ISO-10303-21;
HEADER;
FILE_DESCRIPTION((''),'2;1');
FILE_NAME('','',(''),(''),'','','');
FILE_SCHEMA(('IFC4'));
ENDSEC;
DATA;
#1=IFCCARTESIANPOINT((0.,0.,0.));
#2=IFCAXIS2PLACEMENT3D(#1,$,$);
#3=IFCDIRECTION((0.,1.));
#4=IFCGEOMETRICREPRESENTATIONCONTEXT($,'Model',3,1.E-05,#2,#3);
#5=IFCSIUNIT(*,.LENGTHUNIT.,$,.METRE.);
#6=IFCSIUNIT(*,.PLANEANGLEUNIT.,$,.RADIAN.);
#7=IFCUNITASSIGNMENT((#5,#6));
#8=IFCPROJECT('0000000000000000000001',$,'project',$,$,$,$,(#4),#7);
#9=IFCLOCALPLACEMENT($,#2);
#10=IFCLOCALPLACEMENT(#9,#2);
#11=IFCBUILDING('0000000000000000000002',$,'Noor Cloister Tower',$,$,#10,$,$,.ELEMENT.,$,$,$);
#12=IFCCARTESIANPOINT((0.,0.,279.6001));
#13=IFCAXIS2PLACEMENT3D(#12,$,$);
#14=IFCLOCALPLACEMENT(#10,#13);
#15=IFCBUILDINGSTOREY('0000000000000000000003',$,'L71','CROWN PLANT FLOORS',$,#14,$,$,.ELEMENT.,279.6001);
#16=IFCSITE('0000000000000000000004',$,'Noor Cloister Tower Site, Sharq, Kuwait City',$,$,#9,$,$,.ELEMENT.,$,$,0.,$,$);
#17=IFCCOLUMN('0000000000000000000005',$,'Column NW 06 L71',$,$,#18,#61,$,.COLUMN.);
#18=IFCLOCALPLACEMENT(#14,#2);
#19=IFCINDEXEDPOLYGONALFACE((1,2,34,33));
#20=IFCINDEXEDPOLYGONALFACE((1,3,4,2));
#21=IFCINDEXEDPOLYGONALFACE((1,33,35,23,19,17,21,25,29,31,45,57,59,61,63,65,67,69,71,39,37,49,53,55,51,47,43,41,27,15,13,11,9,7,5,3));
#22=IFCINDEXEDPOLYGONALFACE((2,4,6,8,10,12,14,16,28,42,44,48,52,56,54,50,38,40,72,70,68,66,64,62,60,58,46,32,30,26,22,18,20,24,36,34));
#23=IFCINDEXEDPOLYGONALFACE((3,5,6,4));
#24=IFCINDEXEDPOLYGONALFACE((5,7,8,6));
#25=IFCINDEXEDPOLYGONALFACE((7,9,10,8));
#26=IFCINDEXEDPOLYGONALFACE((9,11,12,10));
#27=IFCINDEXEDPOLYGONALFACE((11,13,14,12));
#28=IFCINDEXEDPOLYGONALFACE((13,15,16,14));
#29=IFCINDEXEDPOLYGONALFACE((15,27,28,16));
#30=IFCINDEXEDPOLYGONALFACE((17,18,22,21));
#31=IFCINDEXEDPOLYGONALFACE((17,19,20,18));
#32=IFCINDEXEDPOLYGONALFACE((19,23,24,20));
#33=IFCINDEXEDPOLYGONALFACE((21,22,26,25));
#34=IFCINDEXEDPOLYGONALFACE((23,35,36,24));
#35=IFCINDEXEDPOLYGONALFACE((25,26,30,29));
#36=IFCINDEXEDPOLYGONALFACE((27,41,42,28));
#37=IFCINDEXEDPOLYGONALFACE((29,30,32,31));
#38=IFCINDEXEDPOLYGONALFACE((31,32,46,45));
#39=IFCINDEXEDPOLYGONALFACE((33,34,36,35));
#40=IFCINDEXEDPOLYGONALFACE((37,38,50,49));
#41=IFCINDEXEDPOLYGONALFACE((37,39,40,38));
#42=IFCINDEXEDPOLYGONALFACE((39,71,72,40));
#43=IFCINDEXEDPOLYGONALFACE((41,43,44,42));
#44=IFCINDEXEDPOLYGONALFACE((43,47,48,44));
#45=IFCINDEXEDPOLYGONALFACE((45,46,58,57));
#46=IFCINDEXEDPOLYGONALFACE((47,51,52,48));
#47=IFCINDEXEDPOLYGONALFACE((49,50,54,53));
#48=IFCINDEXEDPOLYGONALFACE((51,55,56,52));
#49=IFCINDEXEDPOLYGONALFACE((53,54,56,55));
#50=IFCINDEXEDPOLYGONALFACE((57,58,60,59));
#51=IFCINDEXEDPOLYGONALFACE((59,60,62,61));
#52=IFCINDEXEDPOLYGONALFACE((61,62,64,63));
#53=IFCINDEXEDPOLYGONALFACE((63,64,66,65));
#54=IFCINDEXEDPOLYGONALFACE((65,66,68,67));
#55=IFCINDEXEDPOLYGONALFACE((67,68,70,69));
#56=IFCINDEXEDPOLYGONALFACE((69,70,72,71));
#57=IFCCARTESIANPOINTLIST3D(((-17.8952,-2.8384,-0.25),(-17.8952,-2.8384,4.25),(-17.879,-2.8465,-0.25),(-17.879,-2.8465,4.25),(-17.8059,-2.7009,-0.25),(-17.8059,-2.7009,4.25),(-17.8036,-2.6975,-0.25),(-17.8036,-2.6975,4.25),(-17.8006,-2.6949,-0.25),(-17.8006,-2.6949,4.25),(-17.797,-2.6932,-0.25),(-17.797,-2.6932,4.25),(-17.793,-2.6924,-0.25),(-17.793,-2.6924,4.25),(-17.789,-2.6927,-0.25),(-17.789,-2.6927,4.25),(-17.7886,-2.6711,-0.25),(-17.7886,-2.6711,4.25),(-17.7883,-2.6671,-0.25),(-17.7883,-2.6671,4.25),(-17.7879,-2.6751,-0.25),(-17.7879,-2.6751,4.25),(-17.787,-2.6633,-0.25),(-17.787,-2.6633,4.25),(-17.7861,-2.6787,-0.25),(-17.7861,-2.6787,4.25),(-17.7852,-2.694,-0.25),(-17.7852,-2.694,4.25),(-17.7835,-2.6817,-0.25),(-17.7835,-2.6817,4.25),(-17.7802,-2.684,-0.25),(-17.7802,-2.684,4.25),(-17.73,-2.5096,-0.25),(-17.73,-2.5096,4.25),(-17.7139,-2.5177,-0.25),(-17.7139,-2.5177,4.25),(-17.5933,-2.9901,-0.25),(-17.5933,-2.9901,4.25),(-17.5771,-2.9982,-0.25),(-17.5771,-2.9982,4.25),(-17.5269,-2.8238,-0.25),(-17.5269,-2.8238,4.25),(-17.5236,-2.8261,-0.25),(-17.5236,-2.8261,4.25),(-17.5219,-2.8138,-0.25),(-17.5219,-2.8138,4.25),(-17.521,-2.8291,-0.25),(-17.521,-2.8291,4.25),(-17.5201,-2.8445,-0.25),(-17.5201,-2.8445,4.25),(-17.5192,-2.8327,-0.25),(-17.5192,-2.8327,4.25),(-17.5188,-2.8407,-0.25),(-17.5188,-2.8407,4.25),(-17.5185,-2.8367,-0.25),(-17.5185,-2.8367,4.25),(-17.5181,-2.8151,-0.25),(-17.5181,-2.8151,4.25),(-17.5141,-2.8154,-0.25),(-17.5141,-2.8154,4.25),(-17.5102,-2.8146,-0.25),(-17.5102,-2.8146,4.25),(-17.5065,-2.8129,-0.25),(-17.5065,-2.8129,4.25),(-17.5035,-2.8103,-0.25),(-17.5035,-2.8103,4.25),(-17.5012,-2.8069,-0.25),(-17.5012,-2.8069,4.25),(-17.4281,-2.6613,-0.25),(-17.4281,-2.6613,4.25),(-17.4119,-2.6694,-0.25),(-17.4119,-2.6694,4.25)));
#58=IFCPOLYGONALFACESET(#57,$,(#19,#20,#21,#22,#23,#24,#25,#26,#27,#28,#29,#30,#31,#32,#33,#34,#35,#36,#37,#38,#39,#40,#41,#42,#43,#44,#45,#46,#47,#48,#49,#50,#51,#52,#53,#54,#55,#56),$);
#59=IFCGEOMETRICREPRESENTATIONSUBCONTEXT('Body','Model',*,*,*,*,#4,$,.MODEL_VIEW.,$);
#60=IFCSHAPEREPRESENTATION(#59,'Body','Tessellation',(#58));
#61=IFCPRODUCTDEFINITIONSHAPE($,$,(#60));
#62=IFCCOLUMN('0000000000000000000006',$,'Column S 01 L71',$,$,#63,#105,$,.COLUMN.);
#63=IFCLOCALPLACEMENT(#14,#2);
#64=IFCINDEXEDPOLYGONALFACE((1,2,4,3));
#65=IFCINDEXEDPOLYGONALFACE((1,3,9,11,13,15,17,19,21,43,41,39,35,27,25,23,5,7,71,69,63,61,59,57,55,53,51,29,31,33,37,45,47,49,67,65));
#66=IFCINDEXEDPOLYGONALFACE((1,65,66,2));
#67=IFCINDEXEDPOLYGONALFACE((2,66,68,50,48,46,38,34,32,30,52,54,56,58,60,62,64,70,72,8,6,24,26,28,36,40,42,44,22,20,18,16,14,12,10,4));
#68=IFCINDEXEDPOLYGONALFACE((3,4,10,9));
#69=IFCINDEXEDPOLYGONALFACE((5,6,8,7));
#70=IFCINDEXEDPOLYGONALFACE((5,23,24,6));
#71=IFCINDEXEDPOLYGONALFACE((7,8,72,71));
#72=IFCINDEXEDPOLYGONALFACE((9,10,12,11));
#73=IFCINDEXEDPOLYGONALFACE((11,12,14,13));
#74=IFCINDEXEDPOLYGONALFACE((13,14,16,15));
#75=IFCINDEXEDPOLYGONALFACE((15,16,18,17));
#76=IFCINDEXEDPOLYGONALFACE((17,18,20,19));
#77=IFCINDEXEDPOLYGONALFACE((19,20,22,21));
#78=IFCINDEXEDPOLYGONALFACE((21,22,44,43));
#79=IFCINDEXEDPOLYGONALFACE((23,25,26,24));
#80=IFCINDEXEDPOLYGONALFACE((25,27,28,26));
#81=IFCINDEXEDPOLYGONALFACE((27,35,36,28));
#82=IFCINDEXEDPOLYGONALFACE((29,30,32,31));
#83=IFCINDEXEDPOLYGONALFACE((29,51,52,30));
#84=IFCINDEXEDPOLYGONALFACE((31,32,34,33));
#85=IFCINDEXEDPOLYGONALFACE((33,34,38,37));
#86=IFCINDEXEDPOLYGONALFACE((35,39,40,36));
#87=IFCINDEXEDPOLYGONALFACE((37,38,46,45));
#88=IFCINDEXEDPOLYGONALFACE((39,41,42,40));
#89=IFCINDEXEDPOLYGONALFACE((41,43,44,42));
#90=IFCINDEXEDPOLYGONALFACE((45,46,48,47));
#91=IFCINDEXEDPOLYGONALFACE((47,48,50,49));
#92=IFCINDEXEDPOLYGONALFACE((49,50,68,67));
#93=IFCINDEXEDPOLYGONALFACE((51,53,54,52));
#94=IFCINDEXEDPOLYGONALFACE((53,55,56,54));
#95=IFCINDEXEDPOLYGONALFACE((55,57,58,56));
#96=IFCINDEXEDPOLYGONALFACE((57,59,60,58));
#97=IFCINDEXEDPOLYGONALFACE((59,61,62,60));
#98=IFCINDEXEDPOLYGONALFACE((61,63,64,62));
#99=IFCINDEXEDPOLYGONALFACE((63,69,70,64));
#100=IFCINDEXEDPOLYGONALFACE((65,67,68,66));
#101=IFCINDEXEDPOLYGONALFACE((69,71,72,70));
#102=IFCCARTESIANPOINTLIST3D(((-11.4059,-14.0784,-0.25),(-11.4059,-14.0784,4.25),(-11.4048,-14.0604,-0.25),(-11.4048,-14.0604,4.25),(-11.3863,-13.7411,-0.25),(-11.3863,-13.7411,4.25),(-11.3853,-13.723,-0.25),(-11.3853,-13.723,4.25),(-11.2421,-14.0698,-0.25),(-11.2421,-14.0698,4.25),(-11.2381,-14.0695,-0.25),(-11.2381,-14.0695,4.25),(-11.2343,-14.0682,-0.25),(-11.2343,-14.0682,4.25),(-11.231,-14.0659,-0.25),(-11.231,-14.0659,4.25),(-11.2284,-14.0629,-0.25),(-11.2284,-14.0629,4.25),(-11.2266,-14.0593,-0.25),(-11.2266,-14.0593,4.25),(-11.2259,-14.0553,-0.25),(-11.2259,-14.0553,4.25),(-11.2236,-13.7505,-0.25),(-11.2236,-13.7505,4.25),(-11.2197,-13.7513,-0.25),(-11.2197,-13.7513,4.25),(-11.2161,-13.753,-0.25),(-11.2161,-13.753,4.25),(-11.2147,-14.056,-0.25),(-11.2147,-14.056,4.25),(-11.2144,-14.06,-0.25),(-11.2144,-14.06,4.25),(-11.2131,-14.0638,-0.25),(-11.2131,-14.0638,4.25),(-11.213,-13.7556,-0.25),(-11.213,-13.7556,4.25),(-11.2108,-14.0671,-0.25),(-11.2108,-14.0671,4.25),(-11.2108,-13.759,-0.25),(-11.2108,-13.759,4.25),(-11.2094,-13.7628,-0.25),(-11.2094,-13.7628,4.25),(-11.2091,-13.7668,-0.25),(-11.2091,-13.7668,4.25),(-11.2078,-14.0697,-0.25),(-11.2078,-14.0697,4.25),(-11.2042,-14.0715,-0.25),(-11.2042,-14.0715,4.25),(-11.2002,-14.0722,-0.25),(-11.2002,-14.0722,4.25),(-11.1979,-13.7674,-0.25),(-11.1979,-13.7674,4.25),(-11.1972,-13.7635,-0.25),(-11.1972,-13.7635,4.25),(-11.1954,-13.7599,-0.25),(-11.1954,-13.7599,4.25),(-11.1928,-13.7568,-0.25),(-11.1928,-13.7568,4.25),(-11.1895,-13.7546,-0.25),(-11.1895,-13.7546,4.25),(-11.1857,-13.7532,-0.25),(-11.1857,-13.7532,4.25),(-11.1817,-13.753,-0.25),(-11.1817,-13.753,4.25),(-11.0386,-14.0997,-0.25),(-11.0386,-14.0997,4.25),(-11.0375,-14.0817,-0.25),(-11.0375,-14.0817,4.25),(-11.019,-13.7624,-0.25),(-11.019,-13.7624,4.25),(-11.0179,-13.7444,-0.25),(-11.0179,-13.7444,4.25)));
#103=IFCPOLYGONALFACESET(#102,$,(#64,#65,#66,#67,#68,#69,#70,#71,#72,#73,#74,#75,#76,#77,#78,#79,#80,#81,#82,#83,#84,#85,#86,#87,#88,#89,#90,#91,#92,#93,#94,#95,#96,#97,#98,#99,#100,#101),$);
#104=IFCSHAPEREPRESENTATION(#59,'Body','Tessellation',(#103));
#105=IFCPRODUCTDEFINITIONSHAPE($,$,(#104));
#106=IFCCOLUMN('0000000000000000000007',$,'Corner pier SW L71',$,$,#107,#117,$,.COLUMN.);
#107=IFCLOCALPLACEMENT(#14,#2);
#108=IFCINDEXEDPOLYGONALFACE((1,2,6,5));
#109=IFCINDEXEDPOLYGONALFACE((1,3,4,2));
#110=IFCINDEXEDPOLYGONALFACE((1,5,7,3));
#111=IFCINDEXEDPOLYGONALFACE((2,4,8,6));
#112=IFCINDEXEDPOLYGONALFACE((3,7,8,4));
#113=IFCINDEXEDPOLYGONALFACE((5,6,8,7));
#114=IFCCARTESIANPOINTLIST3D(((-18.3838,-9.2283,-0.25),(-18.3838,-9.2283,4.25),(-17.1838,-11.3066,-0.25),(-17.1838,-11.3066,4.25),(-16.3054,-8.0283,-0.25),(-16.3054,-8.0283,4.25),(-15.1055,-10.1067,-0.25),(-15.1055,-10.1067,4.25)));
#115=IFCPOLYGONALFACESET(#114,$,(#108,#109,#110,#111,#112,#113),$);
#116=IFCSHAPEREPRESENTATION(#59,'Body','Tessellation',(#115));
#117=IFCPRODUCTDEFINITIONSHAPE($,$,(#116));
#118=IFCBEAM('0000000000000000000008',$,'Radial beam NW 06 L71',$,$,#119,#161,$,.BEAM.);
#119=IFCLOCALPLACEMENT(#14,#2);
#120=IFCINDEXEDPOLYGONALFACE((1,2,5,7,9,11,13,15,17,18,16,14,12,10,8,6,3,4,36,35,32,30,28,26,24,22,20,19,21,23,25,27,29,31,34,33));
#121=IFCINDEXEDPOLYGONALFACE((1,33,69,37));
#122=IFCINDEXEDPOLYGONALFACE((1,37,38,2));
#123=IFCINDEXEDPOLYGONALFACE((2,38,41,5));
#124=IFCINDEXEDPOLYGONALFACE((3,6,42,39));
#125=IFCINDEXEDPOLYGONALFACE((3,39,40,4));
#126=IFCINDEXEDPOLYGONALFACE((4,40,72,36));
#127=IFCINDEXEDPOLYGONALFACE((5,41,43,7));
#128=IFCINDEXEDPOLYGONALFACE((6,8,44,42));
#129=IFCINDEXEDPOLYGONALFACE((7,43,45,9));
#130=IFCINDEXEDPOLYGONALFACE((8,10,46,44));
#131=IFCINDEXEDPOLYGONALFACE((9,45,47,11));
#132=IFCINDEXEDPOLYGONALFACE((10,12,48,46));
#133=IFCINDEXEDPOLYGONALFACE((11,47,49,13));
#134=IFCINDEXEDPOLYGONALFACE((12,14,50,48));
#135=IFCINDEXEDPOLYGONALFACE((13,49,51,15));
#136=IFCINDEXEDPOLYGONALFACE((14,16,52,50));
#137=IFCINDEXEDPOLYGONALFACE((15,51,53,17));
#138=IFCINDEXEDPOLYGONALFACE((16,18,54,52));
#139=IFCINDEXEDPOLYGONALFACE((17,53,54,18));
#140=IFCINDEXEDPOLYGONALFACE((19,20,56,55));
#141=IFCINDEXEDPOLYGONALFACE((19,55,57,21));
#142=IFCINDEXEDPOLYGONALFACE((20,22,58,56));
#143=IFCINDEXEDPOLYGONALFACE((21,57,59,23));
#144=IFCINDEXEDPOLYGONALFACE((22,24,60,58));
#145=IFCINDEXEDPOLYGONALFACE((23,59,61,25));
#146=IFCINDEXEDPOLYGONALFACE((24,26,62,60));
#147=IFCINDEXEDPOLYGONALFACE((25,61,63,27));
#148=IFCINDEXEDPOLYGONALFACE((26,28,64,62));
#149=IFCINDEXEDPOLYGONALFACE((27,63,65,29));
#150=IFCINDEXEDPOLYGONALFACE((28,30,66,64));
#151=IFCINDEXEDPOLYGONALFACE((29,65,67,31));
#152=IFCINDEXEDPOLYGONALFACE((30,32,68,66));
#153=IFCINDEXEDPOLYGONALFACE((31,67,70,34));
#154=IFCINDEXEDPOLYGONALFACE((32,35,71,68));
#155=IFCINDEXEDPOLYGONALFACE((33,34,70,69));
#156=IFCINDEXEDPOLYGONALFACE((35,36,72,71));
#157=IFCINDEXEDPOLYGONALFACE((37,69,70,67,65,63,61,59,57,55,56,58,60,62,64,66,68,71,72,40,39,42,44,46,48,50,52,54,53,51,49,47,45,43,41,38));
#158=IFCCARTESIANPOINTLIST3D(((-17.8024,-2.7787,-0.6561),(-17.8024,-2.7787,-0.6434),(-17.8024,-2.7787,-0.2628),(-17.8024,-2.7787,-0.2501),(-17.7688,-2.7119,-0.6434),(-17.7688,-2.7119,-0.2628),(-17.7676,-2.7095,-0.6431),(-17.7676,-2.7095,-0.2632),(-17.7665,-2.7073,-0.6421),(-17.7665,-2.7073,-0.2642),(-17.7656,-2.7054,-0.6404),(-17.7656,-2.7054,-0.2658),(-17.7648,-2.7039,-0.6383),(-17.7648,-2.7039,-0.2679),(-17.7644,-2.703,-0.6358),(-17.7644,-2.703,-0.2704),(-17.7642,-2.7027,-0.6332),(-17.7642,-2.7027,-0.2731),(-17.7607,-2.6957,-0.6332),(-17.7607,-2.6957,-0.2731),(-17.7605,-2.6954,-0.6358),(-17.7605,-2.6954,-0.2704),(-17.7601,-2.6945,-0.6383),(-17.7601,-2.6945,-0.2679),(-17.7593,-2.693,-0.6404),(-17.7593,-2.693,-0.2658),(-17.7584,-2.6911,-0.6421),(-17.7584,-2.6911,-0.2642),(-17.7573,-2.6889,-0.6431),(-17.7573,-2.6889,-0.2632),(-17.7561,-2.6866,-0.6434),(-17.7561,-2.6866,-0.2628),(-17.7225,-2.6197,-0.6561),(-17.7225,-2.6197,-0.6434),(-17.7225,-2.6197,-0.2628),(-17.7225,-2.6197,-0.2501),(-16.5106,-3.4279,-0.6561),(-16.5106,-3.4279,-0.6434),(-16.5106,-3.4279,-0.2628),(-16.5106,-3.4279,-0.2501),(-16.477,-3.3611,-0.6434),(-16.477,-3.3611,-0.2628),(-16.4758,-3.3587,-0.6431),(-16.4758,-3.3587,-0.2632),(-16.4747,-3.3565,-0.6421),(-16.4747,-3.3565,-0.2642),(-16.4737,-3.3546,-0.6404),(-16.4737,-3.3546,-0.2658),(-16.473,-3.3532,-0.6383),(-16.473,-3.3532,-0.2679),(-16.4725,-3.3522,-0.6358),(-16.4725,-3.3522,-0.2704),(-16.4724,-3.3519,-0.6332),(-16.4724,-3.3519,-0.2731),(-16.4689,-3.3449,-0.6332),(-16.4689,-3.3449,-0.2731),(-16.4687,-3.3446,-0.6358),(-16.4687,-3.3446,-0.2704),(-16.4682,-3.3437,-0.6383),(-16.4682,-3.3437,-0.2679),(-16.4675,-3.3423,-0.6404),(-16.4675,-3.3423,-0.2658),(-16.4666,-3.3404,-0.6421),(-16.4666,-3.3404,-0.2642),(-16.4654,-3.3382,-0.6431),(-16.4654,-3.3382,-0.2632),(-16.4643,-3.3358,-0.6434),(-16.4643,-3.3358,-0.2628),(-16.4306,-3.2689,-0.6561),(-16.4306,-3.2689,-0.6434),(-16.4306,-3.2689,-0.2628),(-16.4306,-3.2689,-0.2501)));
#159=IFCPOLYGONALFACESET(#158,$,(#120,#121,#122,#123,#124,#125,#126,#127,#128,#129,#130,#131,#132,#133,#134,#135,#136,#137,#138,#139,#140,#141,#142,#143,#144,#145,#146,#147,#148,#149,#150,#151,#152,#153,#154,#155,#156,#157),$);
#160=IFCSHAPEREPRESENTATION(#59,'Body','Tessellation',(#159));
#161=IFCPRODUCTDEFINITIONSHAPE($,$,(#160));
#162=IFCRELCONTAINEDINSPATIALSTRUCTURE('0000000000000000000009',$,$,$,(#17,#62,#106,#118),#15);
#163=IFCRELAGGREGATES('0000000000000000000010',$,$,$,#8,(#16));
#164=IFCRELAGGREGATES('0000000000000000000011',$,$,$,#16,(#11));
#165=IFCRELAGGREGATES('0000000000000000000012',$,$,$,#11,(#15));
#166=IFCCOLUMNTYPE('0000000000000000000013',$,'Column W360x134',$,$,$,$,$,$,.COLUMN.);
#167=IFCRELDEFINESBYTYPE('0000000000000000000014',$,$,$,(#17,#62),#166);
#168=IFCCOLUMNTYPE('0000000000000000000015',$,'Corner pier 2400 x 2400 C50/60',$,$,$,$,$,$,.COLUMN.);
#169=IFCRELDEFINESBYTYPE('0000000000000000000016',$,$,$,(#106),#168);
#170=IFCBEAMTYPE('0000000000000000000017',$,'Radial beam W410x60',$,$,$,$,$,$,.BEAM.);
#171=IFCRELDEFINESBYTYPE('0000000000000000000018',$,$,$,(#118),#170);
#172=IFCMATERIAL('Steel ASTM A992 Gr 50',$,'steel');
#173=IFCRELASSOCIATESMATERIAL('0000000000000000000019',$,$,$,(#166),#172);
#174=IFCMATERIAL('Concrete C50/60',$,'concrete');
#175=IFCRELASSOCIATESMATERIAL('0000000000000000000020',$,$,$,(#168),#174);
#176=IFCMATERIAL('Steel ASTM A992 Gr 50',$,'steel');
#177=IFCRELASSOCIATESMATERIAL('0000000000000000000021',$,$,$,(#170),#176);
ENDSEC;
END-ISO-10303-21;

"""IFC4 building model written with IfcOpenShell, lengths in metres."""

from ifc_helpers import new_model, si_unit, direction, frame, origin, origin_2d, place, context, subcontext, project, spatial, rectangle, i_section, extrude, material, material_profile, profile_set, type_object, element, save


model = new_model("IFC4")

# Units and contexts
model_context = context("Model", 3, precision=1e-05, world=origin(), true_north=direction((0.0, 1.0)))
body_context = subcontext(model_context, "Body", "Model", "MODEL_VIEW")
ifc_project = project(units=[si_unit("LENGTHUNIT", "METRE"), si_unit("PLANEANGLEUNIT", "RADIAN")], contexts=[model_context])

# Site, building, storey
site_placement = place(None, origin())
site = spatial("IfcSite", under=ifc_project, at=site_placement, Name="Noor Cloister Tower Site, Sharq, Kuwait City", CompositionType="ELEMENT", RefElevation=0.0)
building_placement = place(site_placement, origin())
building = spatial("IfcBuilding", under=site, at=building_placement, Name="Noor Cloister Tower", CompositionType="ELEMENT")
storey_placement = place(building_placement, frame((0.0, 0.0, 279.6001)))
storey = spatial("IfcBuildingStorey", under=building, at=storey_placement, Name="L71", Description="CROWN PLANT FLOORS", CompositionType="ELEMENT", Elevation=279.6001)

# Columns
ifc_material_1 = material(Name="Steel ASTM A992 Gr 50", Category="steel")
ifc_material_profile_1 = material_profile(ifc_material_1, i_section(OverallWidth=0.3679, OverallDepth=0.356, WebThickness=0.0112, FlangeThickness=0.0181, FilletRadius=0.0154, at=origin_2d()), Name="W360x134")
ifc_profile_set_1 = profile_set([ifc_material_profile_1], Name="Steel ASTM A992 Gr 50")
column_type_1 = type_object("IfcColumnType", Name="Column W360x134", PredefinedType="COLUMN", material=ifc_profile_set_1)
for number, where, z_axis, x_axis, name in (
    (1, (-17.6536, -2.7539, -0.25), (0.0, 0.0, 1.0), (-0.448975, -0.893544, 0.0), "Column NW 06 L71"),
    (2, (-11.2119, -13.9114, -0.25), (0.0, 0.0, 1.0), (0.99832, -0.057948, 0.0), "Column S 01 L71"),
):
    element("IfcColumn", number, at=place(storey_placement, frame(where, z_axis=z_axis, x_axis=x_axis)), inside=storey, type_object=column_type_1, Name=name, PredefinedType="COLUMN", context=body_context, shape_type="SweptSolid", body=[
        extrude(i_section(OverallWidth=0.3679, OverallDepth=0.356, WebThickness=0.0112, FlangeThickness=0.0181, FilletRadius=0.0154, at=origin_2d()), origin(), (0.0, 0.0, 1.0), 4.5),
    ])
ifc_material_2 = material(Name="Concrete C50/60", Category="concrete")
ifc_material_profile_2 = material_profile(ifc_material_2, rectangle(XDim=2.3999, YDim=2.3999, at=origin_2d()), Name="RC 2400x2400")
ifc_profile_set_2 = profile_set([ifc_material_profile_2], Name="Concrete C50/60")
column_type_2 = type_object("IfcColumnType", Name="Corner pier 2400 x 2400 C50/60", PredefinedType="COLUMN", material=ifc_profile_set_2)
column_placement = place(storey_placement, frame((-16.7446, -9.6675, -0.25), z_axis=(0.0, 0.0, 1.0), x_axis=(-0.866025, -0.5, 0.0)))
element("IfcColumn", 3, at=column_placement, inside=storey, type_object=column_type_2, Name="Corner pier SW L71", PredefinedType="COLUMN", context=body_context, shape_type="SweptSolid", body=[
    extrude(rectangle(XDim=2.3999, YDim=2.3999, at=origin_2d()), origin(), (0.0, 0.0, 1.0), 4.5),
])

# Beam
ifc_material_3 = material(Name="Steel ASTM A992 Gr 50", Category="steel")
ifc_material_profile_3 = material_profile(ifc_material_3, i_section(OverallWidth=0.178, OverallDepth=0.406, WebThickness=0.0078, FlangeThickness=0.0127, FilletRadius=0.0103, at=origin_2d()), Name="W410x60")
ifc_profile_set_3 = profile_set([ifc_material_profile_3], Name="Steel ASTM A992 Gr 50")
beam_type_1 = type_object("IfcBeamType", Name="Radial beam W410x60", PredefinedType="BEAM", material=ifc_profile_set_3)
beam_1_placement = place(storey_placement, frame((-17.7625, -2.6992, -0.4531), z_axis=(0.893513, -0.449037, 0.0), x_axis=(0.449037, 0.893513, 0.0)))
element("IfcBeam", 4, at=beam_1_placement, inside=storey, type_object=beam_type_1, Name="Radial beam NW 06 L71", PredefinedType="BEAM", context=body_context, shape_type="SweptSolid", body=[
    extrude(i_section(OverallWidth=0.178, OverallDepth=0.406, WebThickness=0.0078, FlangeThickness=0.0127, FilletRadius=0.0103, at=origin_2d()), origin(), (0.0, 0.0, 1.0), 1.4458),
])

save(model, "model.ifc")
